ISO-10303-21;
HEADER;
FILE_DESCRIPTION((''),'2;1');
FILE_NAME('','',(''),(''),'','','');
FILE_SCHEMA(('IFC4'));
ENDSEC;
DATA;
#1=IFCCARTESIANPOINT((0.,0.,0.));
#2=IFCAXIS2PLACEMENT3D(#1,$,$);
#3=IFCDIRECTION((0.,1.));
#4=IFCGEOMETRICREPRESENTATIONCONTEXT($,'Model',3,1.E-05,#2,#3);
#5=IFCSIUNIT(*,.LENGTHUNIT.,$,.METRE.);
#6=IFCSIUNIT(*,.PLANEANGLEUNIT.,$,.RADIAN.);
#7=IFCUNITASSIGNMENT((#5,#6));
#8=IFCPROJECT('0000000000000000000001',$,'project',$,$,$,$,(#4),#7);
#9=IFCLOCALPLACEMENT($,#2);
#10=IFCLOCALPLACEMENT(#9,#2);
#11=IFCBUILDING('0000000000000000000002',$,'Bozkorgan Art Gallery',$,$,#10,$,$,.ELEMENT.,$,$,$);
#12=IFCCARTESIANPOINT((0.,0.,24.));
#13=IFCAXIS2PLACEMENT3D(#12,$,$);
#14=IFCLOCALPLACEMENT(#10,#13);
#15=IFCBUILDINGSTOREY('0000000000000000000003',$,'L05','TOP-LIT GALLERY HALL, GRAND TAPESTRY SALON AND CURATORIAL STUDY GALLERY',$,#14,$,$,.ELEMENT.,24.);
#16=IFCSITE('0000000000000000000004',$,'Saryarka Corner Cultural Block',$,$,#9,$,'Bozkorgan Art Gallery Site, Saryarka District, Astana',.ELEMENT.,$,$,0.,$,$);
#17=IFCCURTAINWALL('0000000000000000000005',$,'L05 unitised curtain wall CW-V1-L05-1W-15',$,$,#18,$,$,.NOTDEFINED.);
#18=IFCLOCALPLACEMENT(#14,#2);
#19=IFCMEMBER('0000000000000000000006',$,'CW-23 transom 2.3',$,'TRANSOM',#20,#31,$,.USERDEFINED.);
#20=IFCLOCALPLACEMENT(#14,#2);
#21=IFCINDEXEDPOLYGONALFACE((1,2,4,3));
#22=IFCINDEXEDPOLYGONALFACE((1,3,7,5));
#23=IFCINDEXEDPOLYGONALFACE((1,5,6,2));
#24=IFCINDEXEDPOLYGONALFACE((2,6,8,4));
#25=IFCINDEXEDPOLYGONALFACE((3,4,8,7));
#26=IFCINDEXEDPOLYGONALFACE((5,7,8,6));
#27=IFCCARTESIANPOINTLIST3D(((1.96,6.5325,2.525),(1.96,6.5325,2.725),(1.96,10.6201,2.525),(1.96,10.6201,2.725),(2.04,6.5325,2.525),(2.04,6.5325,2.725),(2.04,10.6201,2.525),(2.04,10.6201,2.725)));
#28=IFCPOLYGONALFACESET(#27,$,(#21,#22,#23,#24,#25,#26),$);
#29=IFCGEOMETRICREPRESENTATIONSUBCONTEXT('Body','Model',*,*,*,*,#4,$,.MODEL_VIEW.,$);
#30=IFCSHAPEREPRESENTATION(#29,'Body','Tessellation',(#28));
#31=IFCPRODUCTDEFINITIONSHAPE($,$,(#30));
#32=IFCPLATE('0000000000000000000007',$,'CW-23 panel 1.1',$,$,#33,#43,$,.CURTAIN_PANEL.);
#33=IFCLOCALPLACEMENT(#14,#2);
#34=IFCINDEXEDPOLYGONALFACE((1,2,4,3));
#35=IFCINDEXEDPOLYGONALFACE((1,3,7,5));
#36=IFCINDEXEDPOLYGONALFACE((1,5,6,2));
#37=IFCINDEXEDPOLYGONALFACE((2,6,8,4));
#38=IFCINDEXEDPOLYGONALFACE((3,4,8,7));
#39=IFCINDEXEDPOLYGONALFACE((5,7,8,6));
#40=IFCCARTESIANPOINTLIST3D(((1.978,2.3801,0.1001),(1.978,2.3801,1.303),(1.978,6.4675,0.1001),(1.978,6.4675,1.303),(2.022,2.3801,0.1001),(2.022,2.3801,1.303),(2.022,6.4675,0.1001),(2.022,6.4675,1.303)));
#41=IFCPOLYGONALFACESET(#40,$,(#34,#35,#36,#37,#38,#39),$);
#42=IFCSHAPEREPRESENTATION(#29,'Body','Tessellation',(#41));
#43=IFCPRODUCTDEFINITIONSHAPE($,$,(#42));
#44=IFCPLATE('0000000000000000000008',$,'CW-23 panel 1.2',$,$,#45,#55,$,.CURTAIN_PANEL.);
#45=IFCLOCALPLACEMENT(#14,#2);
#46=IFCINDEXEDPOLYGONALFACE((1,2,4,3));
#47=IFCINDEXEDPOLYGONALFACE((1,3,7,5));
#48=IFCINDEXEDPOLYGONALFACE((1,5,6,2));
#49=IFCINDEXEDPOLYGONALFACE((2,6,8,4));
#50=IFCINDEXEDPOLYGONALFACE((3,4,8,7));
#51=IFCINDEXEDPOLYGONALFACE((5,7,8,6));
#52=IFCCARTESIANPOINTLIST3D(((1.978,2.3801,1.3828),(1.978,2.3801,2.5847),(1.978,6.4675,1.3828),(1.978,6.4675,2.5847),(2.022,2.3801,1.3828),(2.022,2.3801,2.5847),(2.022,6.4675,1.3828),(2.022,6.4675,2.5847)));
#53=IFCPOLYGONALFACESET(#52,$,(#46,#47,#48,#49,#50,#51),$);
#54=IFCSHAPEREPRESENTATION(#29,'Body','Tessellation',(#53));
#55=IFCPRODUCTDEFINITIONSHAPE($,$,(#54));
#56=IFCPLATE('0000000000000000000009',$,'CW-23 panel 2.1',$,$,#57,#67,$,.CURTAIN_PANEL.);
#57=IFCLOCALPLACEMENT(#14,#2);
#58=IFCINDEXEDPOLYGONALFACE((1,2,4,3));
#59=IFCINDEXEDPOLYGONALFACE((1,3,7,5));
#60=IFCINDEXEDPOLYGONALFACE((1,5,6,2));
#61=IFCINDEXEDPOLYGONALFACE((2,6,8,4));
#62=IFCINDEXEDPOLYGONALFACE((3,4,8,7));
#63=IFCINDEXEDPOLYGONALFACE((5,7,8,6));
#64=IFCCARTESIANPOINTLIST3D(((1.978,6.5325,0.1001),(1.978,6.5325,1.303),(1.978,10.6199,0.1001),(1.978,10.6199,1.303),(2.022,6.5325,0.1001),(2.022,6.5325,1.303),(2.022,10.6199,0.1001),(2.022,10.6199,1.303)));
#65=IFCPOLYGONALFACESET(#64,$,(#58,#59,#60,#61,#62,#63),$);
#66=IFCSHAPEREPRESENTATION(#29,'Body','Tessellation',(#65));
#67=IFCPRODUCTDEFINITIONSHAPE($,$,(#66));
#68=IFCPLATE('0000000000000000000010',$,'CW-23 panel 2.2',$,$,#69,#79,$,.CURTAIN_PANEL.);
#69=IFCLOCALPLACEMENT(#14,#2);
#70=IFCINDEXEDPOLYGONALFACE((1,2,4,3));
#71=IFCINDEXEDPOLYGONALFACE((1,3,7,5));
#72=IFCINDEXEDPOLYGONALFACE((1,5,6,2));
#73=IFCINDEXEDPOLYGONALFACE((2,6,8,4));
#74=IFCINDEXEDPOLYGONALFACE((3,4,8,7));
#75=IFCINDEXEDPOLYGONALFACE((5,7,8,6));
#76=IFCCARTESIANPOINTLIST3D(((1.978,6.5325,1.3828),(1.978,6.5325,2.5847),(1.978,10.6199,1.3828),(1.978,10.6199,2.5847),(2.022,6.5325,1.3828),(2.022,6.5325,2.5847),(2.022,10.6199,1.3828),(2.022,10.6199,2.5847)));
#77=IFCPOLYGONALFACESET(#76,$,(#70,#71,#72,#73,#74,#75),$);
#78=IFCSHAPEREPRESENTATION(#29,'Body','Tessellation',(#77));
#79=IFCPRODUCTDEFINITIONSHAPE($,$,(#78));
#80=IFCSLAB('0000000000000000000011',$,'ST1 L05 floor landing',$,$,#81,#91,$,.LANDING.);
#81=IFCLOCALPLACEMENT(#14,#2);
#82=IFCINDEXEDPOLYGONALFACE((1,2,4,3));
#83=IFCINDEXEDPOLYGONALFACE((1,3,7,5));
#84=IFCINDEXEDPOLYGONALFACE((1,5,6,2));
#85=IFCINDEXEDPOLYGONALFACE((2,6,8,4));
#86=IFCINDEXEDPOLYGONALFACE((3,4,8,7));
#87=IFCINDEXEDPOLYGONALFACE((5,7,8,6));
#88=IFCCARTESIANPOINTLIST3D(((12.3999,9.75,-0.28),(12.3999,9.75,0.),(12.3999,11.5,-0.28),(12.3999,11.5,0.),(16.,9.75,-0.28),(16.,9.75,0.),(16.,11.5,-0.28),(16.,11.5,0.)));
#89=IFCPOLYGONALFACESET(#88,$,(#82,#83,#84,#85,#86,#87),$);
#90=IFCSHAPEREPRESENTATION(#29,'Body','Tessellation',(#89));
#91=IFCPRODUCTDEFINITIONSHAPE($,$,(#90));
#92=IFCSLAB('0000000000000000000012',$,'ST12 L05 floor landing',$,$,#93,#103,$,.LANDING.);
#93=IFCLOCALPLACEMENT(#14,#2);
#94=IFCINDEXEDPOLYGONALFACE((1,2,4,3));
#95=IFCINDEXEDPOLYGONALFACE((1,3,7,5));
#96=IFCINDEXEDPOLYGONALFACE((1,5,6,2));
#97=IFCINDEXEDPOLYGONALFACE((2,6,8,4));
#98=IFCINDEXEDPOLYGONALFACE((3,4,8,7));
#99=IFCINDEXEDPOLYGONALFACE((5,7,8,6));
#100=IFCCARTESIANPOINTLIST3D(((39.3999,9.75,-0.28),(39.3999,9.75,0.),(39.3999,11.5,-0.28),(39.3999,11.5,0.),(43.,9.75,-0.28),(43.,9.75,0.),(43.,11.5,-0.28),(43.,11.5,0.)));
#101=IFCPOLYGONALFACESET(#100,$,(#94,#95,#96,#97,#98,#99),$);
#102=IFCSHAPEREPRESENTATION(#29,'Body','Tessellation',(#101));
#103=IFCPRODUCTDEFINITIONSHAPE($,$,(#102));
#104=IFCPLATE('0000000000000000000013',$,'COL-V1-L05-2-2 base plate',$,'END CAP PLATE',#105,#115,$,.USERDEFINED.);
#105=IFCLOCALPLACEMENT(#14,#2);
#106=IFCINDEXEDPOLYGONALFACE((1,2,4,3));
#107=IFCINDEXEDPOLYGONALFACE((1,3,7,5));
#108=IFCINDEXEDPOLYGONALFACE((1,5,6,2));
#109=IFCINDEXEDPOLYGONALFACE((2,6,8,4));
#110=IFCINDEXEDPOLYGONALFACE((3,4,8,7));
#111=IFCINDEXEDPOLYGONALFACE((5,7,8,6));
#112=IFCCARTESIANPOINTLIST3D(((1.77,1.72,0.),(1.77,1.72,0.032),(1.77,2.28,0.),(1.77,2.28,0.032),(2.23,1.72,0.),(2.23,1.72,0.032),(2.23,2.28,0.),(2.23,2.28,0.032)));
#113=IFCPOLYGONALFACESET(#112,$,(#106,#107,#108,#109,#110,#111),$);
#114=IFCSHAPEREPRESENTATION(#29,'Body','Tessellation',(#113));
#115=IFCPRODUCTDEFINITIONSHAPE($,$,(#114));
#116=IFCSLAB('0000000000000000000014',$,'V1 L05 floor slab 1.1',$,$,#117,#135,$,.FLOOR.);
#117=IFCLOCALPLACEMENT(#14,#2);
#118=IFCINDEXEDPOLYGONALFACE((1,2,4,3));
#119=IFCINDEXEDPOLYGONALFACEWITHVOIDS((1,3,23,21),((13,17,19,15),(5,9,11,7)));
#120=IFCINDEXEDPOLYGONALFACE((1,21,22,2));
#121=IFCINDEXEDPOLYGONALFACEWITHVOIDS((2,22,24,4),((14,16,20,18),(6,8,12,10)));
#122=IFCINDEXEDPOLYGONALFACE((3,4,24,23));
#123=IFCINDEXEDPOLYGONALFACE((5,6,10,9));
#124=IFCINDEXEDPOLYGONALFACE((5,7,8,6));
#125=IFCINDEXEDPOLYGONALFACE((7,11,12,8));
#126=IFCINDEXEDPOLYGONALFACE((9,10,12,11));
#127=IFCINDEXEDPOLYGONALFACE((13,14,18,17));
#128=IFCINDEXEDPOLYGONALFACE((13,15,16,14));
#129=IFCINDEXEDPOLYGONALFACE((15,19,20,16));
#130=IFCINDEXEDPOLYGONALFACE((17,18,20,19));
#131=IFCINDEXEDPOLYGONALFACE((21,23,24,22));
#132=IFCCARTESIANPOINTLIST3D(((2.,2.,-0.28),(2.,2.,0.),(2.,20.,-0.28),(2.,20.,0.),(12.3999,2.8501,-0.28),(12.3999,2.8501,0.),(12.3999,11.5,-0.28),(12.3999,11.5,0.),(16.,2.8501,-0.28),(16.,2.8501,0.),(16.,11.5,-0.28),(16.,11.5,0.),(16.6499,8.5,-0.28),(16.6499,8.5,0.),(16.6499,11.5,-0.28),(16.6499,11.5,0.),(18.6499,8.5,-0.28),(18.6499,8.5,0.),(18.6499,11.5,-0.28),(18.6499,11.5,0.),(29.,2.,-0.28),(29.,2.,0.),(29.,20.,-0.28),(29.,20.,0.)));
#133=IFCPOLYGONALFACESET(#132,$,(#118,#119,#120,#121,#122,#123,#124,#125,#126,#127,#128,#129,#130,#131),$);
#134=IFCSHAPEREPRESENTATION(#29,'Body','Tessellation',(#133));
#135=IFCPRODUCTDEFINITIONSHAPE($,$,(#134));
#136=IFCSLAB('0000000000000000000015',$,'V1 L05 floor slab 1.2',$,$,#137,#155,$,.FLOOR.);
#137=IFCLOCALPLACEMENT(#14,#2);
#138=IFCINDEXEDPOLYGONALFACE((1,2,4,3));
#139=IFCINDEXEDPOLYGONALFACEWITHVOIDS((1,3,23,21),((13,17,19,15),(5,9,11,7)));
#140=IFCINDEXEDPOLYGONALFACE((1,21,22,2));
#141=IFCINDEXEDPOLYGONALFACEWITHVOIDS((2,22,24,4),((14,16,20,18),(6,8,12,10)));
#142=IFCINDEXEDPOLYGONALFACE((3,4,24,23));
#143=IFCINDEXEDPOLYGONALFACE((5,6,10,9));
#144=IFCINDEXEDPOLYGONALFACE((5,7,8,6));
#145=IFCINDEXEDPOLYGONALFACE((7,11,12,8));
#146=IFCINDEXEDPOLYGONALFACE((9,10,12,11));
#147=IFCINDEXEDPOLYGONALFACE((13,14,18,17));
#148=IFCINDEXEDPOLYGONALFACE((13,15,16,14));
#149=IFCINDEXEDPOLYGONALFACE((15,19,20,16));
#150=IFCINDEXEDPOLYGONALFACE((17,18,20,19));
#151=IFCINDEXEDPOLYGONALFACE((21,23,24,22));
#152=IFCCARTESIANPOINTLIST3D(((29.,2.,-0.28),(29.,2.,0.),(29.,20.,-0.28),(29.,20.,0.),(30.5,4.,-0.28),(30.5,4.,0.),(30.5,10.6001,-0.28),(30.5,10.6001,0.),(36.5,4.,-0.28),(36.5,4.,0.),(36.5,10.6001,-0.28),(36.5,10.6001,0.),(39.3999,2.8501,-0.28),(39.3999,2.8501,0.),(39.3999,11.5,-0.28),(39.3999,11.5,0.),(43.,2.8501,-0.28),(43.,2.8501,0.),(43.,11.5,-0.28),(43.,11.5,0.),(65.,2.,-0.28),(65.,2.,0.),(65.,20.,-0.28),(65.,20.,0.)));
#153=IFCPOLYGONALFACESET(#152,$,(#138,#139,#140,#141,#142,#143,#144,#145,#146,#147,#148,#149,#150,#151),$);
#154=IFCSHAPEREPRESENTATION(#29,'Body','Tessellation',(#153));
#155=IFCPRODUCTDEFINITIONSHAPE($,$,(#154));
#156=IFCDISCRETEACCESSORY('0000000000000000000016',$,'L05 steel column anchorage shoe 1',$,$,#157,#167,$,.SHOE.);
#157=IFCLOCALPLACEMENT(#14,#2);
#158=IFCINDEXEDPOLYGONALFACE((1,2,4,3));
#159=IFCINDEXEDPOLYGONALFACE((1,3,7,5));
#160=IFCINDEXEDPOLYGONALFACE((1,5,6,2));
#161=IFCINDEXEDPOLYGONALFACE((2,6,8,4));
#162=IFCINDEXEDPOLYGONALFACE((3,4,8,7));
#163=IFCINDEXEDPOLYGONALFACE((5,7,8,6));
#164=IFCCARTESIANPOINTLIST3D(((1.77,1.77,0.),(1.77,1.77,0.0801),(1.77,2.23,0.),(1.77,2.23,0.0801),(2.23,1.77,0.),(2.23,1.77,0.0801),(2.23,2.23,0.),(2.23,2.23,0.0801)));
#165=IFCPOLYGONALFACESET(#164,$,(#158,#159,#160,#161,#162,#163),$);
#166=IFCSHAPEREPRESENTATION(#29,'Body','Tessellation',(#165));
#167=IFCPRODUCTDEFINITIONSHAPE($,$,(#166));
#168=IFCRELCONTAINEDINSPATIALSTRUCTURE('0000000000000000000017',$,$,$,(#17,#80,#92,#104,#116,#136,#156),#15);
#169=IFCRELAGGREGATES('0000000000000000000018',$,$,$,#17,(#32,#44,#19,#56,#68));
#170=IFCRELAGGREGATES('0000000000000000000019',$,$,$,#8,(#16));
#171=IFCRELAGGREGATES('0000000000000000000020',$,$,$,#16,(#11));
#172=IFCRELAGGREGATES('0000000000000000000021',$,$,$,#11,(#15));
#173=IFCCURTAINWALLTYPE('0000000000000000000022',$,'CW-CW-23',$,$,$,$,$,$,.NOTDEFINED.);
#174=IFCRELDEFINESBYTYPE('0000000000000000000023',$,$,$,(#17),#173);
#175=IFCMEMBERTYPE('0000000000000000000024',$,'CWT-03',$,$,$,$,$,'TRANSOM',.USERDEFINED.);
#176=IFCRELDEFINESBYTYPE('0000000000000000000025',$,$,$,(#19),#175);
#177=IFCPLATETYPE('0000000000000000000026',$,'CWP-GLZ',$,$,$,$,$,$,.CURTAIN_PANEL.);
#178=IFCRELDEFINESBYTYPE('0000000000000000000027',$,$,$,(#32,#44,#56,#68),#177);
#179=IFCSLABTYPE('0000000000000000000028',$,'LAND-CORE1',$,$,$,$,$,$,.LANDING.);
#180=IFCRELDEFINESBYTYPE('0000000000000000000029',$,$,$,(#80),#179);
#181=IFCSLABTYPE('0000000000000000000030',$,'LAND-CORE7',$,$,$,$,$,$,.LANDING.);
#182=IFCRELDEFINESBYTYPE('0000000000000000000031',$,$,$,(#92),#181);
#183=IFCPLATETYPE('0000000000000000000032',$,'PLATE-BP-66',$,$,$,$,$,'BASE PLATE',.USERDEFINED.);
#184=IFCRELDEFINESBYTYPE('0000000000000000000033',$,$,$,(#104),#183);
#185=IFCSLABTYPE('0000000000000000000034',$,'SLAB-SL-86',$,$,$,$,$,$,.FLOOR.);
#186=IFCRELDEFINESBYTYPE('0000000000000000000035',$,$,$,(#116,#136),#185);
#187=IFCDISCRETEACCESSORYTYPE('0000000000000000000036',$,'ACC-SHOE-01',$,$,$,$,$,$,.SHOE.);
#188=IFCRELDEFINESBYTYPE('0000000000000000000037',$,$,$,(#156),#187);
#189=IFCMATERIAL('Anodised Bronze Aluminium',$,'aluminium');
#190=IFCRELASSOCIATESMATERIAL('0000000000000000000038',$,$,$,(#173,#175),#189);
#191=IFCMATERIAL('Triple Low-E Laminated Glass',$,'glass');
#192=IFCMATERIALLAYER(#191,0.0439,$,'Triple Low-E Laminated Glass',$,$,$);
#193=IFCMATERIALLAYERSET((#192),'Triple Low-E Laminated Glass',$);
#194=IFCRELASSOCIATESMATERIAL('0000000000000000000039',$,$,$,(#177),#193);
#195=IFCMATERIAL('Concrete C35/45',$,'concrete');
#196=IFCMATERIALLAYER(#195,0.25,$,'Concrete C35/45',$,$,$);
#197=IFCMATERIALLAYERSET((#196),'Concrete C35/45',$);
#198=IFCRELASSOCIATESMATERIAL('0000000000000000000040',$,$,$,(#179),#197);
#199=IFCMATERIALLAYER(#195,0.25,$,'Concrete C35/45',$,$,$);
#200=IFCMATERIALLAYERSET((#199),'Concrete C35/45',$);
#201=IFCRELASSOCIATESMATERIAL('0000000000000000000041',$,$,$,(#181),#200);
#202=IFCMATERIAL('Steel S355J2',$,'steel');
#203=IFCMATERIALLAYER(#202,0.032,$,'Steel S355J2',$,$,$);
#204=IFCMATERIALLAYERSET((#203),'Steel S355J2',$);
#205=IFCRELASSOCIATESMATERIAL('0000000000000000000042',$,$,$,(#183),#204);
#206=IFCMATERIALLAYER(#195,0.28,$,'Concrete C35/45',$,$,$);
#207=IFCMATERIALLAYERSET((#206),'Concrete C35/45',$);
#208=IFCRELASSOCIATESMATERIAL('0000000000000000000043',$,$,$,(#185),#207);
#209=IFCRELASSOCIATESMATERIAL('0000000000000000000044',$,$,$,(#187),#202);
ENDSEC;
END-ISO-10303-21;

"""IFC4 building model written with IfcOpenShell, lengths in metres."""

from ifc_helpers import new_model, si_unit, direction, frame, origin, origin_2d, place, context, subcontext, project, spatial, polyline, rectangle, outline, extrude, material, layer, layer_set, material_profile, profile_set, type_object, element, aggregate, save


model = new_model("IFC4")

# Units and contexts
model_context = context("Model", 3, precision=1e-05, world=origin(), true_north=direction((0.0, 1.0)))
body_context = subcontext(model_context, "Body", "Model", "MODEL_VIEW")
ifc_project = project(units=[si_unit("LENGTHUNIT", "METRE"), si_unit("PLANEANGLEUNIT", "RADIAN")], contexts=[model_context])

# Site, building, storey
site_placement = place(None, origin())
site = spatial("IfcSite", under=ifc_project, at=site_placement, Name="Saryarka Corner Cultural Block", LongName="Bozkorgan Art Gallery Site, Saryarka District, Astana", CompositionType="ELEMENT", RefElevation=0.0)
building_placement = place(site_placement, origin())
building = spatial("IfcBuilding", under=site, at=building_placement, Name="Bozkorgan Art Gallery", CompositionType="ELEMENT")
storey_placement = place(building_placement, frame((0.0, 0.0, 24.0)))
storey = spatial("IfcBuildingStorey", under=building, at=storey_placement, Name="L05", Description="TOP-LIT GALLERY HALL, GRAND TAPESTRY SALON AND CURATORIAL STUDY GALLERY", CompositionType="ELEMENT", Elevation=24.0)

# Shared definitions
ifc_material_1 = material(Name="Steel S355J2", Category="steel")

# Shared definitions
ifc_material_2 = material(Name="Concrete C35/45", Category="concrete")

# Curtain wall, member, plates
ifc_material_3 = material(Name="Anodised Bronze Aluminium", Category="aluminium")
curtain_wall_type = type_object("IfcCurtainWallType", Name="CW-CW-23", PredefinedType="NOTDEFINED", material=ifc_material_3)
curtain_wall_placement = place(storey_placement, origin())
curtain_wall = element("IfcCurtainWall", 1, at=curtain_wall_placement, inside=storey, type_object=curtain_wall_type, Name="L05 unitised curtain wall CW-V1-L05-1W-15", PredefinedType="NOTDEFINED")
ifc_material_profile_1 = material_profile(ifc_material_3, rectangle(XDim=0.0801, YDim=0.2, at=origin_2d()), Name="ALU TRANSOM 80x200")
ifc_profile_set_1 = profile_set([ifc_material_profile_1], Name="Anodised Bronze Aluminium")
member_type_1 = type_object("IfcMemberType", Name="CWT-03", ElementType="TRANSOM", PredefinedType="USERDEFINED", material=ifc_profile_set_1)
member_1_placement = place(storey_placement, frame((2.0, 6.5325, 2.625), z_axis=(0.0, 1.0, 0.0), x_axis=(-1.0, 0.0, 0.0)))
member_1 = element("IfcMember", 2, at=member_1_placement, type_object=member_type_1, Name="CW-23 transom 2.3", ObjectType="TRANSOM", PredefinedType="USERDEFINED", context=body_context, shape_type="SweptSolid", body=[
    extrude(rectangle(XDim=0.0801, YDim=0.2, at=origin_2d()), origin(), (0.0, 0.0, 1.0), 4.0876),
])
ifc_material_4 = material(Name="Triple Low-E Laminated Glass", Category="glass")
ifc_layer_1 = layer(ifc_material_4, 0.0439, Name="Triple Low-E Laminated Glass")
ifc_layer_set_1 = layer_set([ifc_layer_1], Name="Triple Low-E Laminated Glass")
plate_type_1 = type_object("IfcPlateType", Name="CWP-GLZ", PredefinedType="CURTAIN_PANEL", material=ifc_layer_set_1)
plate_1_placement = place(storey_placement, frame((2.0, 4.4238, 0.1001), z_axis=(0.0, 0.0, 1.0), x_axis=(0.0, 1.0, 0.0)))
plate_1 = element("IfcPlate", 3, at=plate_1_placement, type_object=plate_type_1, Name="CW-23 panel 1.1", PredefinedType="CURTAIN_PANEL", context=body_context, shape_type="SweptSolid", body=[
    extrude(rectangle(XDim=4.0874, YDim=0.0439, at=origin_2d()), origin(), (0.0, 0.0, 1.0), 1.2029),
])
plate_2_placement = place(storey_placement, frame((2.0, 4.4238, 1.3828), z_axis=(0.0, 0.0, 1.0), x_axis=(0.0, 1.0, 0.0)))
plate_2 = element("IfcPlate", 4, at=plate_2_placement, type_object=plate_type_1, Name="CW-23 panel 1.2", PredefinedType="CURTAIN_PANEL", context=body_context, shape_type="SweptSolid", body=[
    extrude(rectangle(XDim=4.0874, YDim=0.0439, at=origin_2d()), origin(), (0.0, 0.0, 1.0), 1.2019),
])
plate_3_placement = place(storey_placement, frame((2.0, 8.5762, 0.1001), z_axis=(0.0, 0.0, 1.0), x_axis=(0.0, 1.0, 0.0)))
plate_3 = element("IfcPlate", 5, at=plate_3_placement, type_object=plate_type_1, Name="CW-23 panel 2.1", PredefinedType="CURTAIN_PANEL", context=body_context, shape_type="SweptSolid", body=[
    extrude(rectangle(XDim=4.0874, YDim=0.0439, at=origin_2d()), origin(), (0.0, 0.0, 1.0), 1.2029),
])
plate_4_placement = place(storey_placement, frame((2.0, 8.5762, 1.3828), z_axis=(0.0, 0.0, 1.0), x_axis=(0.0, 1.0, 0.0)))
plate_4 = element("IfcPlate", 6, at=plate_4_placement, type_object=plate_type_1, Name="CW-23 panel 2.2", PredefinedType="CURTAIN_PANEL", context=body_context, shape_type="SweptSolid", body=[
    extrude(rectangle(XDim=4.0874, YDim=0.0439, at=origin_2d()), origin(), (0.0, 0.0, 1.0), 1.2019),
])
aggregate(curtain_wall, [plate_1, plate_2, member_1, plate_3, plate_4])

# Slabs
ifc_layer_2 = layer(ifc_material_2, 0.25, Name="Concrete C35/45")
ifc_layer_set_2 = layer_set([ifc_layer_2], Name="Concrete C35/45")
slab_type_1 = type_object("IfcSlabType", Name="LAND-CORE1", PredefinedType="LANDING", material=ifc_layer_set_2)
slab_1_placement = place(storey_placement, frame((0.0, 0.0, -0.28)))
element("IfcSlab", 7, at=slab_1_placement, inside=storey, type_object=slab_type_1, Name="ST1 L05 floor landing", PredefinedType="LANDING", context=body_context, shape_type="SweptSolid", body=[
    extrude(outline(polyline([(12.3999, 9.75), (16.0, 9.75), (16.0, 11.5), (12.3999, 11.5), (12.3999, 9.75)])), origin(), (0.0, 0.0, 1.0), 0.28),
])
ifc_layer_3 = layer(ifc_material_2, 0.25, Name="Concrete C35/45")
ifc_layer_set_3 = layer_set([ifc_layer_3], Name="Concrete C35/45")
slab_type_2 = type_object("IfcSlabType", Name="LAND-CORE7", PredefinedType="LANDING", material=ifc_layer_set_3)
slab_2_placement = place(storey_placement, frame((0.0, 0.0, -0.28)))
element("IfcSlab", 8, at=slab_2_placement, inside=storey, type_object=slab_type_2, Name="ST12 L05 floor landing", PredefinedType="LANDING", context=body_context, shape_type="SweptSolid", body=[
    extrude(outline(polyline([(39.3999, 9.75), (43.0, 9.75), (43.0, 11.5), (39.3999, 11.5), (39.3999, 9.75)])), origin(), (0.0, 0.0, 1.0), 0.28),
])

# Plate
ifc_layer_4 = layer(ifc_material_1, 0.032, Name="Steel S355J2")
ifc_layer_set_4 = layer_set([ifc_layer_4], Name="Steel S355J2")
plate_type_2 = type_object("IfcPlateType", Name="PLATE-BP-66", ElementType="BASE PLATE", PredefinedType="USERDEFINED", material=ifc_layer_set_4)
plate_5_placement = place(storey_placement, frame((2.0, 2.0, 0.0), z_axis=(0.0, 0.0, 1.0), x_axis=(1.0, 0.0, 0.0)))
element("IfcPlate", 9, at=plate_5_placement, inside=storey, type_object=plate_type_2, Name="COL-V1-L05-2-2 base plate", ObjectType="END CAP PLATE", PredefinedType="USERDEFINED", context=body_context, shape_type="SweptSolid", body=[
    extrude(rectangle(XDim=0.46, YDim=0.5601, at=origin_2d()), origin(), (0.0, 0.0, 1.0), 0.032),
])

# Slabs
ifc_layer_5 = layer(ifc_material_2, 0.28, Name="Concrete C35/45")
ifc_layer_set_5 = layer_set([ifc_layer_5], Name="Concrete C35/45")
slab_type_3 = type_object("IfcSlabType", Name="SLAB-SL-86", PredefinedType="FLOOR", material=ifc_layer_set_5)
slab_3_placement = place(storey_placement, frame((0.0, 0.0, -0.28)))
element("IfcSlab", 10, at=slab_3_placement, inside=storey, type_object=slab_type_3, Name="V1 L05 floor slab 1.1", PredefinedType="FLOOR", context=body_context, shape_type="SweptSolid", body=[
    extrude(outline(polyline([(2.0, 2.0), (29.0, 2.0), (29.0, 20.0), (2.0, 20.0), (2.0, 2.0)]), holes=[polyline([(12.3999, 2.8501), (16.0, 2.8501), (16.0, 11.5), (12.3999, 11.5), (12.3999, 2.8501)]), polyline([(16.6499, 8.5), (18.6499, 8.5), (18.6499, 11.5), (16.6499, 11.5), (16.6499, 8.5)])]), origin(), (0.0, 0.0, 1.0), 0.28),
])
slab_4_placement = place(storey_placement, frame((0.0, 0.0, -0.28)))
element("IfcSlab", 11, at=slab_4_placement, inside=storey, type_object=slab_type_3, Name="V1 L05 floor slab 1.2", PredefinedType="FLOOR", context=body_context, shape_type="SweptSolid", body=[
    extrude(outline(polyline([(29.0, 2.0), (65.0, 2.0), (65.0, 20.0), (29.0, 20.0), (29.0, 2.0)]), holes=[polyline([(39.3999, 2.8501), (43.0, 2.8501), (43.0, 11.5), (39.3999, 11.5), (39.3999, 2.8501)]), polyline([(30.5, 4.0), (36.5, 4.0), (36.5, 10.6001), (30.5, 10.6001), (30.5, 4.0)])]), origin(), (0.0, 0.0, 1.0), 0.28),
])

# Discrete accessory
discrete_accessory_type = type_object("IfcDiscreteAccessoryType", Name="ACC-SHOE-01", PredefinedType="SHOE", material=ifc_material_1)
discrete_accessory_placement = place(storey_placement, frame((2.0, 2.0, 0.0), z_axis=(0.0, 0.0, 1.0), x_axis=(1.0, 0.0, 0.0)))
element("IfcDiscreteAccessory", 12, at=discrete_accessory_placement, inside=storey, type_object=discrete_accessory_type, Name="L05 steel column anchorage shoe 1", PredefinedType="SHOE", context=body_context, shape_type="SweptSolid", body=[
    extrude(rectangle(XDim=0.46, YDim=0.46, at=origin_2d()), origin(), (0.0, 0.0, 1.0), 0.0801),
])

save(model, "model.ifc")
